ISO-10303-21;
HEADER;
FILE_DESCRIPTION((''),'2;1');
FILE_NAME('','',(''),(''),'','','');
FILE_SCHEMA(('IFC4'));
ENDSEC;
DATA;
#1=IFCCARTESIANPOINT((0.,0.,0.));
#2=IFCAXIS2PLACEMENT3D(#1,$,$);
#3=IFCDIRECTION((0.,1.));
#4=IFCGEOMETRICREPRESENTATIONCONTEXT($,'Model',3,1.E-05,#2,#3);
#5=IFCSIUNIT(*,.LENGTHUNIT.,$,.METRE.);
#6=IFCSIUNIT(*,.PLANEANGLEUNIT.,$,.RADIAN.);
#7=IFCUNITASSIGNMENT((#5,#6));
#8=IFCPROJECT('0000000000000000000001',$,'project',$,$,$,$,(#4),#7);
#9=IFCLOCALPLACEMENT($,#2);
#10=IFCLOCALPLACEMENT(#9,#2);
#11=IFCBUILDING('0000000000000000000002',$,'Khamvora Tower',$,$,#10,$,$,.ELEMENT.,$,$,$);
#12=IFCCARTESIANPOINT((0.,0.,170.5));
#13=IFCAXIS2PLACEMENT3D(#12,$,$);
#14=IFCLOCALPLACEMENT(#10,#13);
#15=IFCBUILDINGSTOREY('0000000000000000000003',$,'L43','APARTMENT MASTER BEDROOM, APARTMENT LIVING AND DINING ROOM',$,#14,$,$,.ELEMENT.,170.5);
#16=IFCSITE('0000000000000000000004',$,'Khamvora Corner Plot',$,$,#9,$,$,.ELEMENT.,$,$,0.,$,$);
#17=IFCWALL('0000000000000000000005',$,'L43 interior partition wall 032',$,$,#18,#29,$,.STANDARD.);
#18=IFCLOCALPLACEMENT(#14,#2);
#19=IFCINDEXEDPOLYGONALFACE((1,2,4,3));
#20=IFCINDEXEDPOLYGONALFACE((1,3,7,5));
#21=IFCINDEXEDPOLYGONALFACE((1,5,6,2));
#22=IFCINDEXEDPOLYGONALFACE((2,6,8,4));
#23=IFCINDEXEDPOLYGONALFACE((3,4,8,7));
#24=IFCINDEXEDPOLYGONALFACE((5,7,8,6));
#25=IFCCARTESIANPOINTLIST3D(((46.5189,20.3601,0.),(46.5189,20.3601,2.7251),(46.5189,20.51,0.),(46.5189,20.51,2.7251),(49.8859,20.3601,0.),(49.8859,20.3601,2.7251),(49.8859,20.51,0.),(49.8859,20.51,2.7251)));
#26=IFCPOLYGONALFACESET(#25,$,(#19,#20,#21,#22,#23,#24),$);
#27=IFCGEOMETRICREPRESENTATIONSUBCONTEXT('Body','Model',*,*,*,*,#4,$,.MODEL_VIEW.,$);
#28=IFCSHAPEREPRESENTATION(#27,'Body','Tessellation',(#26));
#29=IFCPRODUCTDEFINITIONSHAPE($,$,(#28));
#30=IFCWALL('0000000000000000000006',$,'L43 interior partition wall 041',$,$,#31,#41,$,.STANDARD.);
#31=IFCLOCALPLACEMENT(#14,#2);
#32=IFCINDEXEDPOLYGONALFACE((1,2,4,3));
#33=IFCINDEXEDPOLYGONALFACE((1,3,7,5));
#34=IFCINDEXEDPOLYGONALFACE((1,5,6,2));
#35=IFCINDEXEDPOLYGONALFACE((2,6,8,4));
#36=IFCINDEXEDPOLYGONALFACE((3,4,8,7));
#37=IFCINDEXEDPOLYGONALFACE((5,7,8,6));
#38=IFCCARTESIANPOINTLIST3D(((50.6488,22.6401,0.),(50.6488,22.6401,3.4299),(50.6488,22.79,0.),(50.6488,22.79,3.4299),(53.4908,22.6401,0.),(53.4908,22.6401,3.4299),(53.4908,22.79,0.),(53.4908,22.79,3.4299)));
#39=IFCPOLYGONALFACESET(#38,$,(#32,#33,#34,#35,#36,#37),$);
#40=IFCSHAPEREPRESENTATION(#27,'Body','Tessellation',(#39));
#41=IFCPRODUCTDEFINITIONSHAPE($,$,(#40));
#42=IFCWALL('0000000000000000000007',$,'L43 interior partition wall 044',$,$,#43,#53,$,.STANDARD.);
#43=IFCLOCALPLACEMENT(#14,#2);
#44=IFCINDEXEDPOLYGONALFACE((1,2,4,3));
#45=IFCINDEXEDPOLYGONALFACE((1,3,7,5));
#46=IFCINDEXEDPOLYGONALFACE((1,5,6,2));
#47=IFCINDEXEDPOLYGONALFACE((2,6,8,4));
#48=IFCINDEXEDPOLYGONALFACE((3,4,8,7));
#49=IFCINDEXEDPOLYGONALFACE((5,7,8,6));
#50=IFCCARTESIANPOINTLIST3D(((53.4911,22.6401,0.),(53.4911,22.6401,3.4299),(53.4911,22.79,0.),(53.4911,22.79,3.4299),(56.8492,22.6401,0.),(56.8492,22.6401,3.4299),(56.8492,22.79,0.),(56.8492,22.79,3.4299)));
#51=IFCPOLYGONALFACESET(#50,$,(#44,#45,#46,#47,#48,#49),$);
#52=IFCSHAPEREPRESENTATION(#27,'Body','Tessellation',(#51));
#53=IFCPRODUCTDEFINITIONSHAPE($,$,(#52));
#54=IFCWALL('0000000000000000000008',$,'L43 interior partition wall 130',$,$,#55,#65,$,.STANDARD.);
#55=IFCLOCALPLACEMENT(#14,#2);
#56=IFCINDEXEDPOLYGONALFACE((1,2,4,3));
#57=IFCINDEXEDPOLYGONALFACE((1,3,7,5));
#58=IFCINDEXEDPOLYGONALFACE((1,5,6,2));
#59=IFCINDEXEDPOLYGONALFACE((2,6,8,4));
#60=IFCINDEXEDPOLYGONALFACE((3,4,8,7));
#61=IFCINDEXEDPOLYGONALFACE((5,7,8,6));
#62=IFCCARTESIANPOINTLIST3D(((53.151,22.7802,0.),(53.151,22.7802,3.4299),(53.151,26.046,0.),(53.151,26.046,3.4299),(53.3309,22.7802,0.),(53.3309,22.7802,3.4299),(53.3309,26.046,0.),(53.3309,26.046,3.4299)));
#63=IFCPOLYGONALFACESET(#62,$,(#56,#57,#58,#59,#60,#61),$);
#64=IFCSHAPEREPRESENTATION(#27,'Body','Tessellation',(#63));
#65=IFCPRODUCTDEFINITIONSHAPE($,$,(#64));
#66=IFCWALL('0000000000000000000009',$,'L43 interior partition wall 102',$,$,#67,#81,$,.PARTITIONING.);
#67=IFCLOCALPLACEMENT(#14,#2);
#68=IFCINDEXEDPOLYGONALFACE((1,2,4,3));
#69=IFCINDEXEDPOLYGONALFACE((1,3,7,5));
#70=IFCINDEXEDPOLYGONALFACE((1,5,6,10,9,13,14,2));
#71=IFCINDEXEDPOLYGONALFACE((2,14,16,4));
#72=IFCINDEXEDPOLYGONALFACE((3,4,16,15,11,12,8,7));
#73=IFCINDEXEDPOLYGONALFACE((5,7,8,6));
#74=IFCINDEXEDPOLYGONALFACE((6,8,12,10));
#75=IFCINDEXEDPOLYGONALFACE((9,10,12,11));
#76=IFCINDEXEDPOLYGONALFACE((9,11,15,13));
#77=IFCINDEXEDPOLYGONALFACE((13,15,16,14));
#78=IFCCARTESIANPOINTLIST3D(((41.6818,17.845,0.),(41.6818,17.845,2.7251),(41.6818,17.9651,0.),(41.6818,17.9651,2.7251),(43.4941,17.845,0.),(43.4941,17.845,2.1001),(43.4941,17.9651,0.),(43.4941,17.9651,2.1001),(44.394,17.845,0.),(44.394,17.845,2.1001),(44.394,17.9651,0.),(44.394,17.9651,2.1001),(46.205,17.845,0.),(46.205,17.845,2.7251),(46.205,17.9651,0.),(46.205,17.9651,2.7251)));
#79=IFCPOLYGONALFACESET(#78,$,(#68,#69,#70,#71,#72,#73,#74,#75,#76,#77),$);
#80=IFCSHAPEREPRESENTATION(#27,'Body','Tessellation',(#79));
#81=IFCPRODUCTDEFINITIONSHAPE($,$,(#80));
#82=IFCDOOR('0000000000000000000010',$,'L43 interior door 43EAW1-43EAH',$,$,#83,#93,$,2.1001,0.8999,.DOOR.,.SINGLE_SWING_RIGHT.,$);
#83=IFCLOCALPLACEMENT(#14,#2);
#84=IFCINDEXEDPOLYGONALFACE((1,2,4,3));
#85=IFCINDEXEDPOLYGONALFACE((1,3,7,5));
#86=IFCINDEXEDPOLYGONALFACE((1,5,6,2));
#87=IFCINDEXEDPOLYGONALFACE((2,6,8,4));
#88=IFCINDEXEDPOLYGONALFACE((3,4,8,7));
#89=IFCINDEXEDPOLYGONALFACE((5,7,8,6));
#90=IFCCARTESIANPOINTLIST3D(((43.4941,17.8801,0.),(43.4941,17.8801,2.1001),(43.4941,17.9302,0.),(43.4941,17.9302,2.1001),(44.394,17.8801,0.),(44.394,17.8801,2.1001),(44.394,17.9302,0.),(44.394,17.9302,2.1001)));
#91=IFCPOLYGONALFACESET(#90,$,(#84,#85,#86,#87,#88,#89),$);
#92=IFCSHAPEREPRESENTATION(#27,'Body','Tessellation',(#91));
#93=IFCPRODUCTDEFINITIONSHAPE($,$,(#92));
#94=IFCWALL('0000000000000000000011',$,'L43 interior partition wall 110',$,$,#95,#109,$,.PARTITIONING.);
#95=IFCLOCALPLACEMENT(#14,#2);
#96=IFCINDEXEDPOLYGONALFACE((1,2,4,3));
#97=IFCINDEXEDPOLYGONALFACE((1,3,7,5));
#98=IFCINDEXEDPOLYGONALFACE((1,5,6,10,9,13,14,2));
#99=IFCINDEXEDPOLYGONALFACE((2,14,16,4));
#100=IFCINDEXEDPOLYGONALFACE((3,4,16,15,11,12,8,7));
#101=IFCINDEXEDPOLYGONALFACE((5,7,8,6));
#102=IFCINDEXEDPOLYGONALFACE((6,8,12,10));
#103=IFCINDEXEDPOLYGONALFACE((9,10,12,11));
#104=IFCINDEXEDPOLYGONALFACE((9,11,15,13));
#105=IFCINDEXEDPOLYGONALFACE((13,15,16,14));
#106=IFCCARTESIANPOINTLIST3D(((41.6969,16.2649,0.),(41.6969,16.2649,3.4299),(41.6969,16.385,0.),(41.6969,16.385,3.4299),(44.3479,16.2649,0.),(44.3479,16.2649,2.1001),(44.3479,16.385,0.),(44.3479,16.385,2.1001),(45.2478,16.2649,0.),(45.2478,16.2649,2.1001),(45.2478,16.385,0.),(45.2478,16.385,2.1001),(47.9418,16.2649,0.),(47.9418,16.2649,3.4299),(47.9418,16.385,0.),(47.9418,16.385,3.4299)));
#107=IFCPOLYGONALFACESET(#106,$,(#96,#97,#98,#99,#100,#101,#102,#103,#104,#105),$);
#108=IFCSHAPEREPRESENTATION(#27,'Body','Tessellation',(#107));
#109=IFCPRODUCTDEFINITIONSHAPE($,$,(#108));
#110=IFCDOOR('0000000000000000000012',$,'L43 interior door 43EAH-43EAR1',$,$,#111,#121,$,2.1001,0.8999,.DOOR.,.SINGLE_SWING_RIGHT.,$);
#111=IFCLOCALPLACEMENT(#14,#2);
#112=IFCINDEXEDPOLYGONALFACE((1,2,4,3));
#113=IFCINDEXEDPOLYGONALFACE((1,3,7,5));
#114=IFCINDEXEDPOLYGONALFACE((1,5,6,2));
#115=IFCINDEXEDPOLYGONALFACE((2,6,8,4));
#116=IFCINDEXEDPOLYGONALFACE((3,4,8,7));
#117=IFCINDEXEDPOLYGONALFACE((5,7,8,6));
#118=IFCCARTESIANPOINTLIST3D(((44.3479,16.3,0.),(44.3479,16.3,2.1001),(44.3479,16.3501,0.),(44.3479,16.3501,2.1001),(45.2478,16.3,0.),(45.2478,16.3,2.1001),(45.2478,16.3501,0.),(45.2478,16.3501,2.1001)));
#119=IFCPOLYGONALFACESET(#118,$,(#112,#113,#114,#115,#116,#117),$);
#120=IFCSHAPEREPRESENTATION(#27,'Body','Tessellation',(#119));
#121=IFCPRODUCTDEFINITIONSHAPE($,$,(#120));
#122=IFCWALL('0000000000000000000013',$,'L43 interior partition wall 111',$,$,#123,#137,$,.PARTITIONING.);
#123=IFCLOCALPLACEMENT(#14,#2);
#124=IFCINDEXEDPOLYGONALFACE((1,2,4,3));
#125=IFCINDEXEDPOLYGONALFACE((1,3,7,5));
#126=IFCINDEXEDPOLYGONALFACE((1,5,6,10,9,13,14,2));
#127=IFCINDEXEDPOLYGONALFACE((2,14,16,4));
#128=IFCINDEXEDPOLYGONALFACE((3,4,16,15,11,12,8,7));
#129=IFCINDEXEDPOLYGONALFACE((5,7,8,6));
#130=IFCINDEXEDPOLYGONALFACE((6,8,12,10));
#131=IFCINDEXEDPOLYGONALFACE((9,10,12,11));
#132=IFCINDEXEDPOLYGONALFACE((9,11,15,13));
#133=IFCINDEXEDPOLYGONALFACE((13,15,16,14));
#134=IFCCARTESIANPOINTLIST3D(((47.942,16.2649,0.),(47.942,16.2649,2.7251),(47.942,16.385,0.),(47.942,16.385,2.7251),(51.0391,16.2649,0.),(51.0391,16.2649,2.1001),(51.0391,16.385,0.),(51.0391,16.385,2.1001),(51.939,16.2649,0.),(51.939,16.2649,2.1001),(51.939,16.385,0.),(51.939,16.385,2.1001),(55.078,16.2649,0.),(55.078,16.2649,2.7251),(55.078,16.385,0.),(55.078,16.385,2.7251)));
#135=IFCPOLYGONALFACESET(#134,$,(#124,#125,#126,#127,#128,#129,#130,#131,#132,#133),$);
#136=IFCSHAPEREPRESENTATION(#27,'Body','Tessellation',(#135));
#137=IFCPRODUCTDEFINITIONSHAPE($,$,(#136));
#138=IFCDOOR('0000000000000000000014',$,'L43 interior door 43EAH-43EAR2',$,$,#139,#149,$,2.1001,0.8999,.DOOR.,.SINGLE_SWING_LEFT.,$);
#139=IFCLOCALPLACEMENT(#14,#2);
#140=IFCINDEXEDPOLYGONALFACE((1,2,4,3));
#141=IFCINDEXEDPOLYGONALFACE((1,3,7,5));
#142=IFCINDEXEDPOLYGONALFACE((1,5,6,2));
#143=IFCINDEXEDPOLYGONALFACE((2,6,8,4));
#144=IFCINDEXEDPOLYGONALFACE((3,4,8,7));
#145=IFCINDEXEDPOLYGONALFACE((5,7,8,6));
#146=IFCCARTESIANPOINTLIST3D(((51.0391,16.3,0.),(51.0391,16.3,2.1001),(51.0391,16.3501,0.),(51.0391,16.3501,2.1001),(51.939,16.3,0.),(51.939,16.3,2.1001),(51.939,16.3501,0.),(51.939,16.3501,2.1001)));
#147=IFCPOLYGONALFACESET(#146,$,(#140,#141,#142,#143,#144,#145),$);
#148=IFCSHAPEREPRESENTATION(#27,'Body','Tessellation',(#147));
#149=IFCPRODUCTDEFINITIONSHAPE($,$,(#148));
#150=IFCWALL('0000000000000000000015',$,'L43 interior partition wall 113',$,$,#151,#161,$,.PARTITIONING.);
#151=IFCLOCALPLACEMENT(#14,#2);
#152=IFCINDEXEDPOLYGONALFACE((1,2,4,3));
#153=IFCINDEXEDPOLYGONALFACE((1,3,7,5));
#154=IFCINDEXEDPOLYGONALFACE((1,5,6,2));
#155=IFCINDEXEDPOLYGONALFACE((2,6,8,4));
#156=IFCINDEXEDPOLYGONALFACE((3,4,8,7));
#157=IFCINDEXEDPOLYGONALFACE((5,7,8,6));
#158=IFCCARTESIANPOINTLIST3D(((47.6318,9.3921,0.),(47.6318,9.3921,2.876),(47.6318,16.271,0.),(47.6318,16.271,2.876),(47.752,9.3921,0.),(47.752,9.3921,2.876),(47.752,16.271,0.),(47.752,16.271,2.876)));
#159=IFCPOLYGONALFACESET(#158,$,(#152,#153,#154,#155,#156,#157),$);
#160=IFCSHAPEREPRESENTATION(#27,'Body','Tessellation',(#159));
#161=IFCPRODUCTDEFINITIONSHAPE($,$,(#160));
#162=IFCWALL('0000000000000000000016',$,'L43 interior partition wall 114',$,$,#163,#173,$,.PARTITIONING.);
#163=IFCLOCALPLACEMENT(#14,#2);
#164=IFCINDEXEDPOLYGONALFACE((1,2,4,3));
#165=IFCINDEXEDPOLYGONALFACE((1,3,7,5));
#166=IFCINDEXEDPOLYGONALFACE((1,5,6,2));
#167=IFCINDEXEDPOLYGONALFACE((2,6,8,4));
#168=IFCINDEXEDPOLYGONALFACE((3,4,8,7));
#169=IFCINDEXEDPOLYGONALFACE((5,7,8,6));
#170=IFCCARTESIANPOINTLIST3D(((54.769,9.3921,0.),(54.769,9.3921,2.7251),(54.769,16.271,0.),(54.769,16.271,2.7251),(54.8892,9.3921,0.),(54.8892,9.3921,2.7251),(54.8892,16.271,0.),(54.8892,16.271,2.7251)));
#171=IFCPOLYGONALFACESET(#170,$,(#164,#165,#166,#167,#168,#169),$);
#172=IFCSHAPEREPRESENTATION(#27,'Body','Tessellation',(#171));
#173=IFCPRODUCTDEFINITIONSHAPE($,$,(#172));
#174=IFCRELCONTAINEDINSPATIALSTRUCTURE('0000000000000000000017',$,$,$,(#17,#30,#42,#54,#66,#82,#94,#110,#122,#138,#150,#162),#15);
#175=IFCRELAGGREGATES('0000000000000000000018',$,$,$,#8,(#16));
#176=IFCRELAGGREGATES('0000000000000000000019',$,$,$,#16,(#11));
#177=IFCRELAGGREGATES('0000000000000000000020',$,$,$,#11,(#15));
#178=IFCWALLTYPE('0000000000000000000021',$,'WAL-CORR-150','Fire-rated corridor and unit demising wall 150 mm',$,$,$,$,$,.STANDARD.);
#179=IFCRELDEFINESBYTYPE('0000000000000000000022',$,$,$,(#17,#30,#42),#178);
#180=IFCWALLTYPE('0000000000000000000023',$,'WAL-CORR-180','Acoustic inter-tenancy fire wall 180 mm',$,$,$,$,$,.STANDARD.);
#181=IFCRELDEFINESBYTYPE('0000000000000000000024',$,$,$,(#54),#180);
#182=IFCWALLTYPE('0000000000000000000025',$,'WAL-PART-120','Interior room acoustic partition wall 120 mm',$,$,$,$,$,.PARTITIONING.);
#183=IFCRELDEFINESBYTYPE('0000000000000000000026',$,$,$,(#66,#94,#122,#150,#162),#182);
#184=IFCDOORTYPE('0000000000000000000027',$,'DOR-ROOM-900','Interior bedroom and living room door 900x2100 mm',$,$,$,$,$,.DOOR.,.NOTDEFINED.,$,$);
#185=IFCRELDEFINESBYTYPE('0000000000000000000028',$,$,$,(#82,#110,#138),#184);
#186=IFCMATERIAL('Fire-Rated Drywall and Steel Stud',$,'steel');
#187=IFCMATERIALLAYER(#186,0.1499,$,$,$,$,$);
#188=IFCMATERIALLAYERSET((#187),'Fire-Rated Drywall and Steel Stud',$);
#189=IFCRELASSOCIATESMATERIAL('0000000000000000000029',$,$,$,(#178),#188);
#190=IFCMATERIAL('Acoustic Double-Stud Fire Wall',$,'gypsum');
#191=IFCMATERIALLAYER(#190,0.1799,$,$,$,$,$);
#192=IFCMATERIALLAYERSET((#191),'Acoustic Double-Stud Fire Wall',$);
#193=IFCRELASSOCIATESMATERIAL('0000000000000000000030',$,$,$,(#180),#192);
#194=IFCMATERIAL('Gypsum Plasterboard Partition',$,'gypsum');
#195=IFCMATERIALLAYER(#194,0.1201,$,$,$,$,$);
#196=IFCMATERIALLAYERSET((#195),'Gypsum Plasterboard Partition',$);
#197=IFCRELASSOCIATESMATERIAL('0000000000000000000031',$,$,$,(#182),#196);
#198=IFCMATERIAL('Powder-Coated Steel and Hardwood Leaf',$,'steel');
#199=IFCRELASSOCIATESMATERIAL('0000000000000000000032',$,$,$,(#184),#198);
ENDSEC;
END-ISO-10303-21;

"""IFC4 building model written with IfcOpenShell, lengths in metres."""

from ifc_helpers import new_model, si_unit, direction, frame, frame_2d, origin, place, context, subcontext, project, spatial, rectangle, extrude, material, layer, layer_set, type_object, element, fill, save


model = new_model("IFC4")

# Units and contexts
model_context = context("Model", 3, precision=1e-05, world=origin(), true_north=direction((0.0, 1.0)))
body_context = subcontext(model_context, "Body", "Model", "MODEL_VIEW")
ifc_project = project(units=[si_unit("LENGTHUNIT", "METRE"), si_unit("PLANEANGLEUNIT", "RADIAN")], contexts=[model_context])

# Site, building, storey
site_placement = place(None, origin())
site = spatial("IfcSite", under=ifc_project, at=site_placement, Name="Khamvora Corner Plot", CompositionType="ELEMENT", RefElevation=0.0)
building_placement = place(site_placement, origin())
building = spatial("IfcBuilding", under=site, at=building_placement, Name="Khamvora Tower", CompositionType="ELEMENT")
storey_placement = place(building_placement, frame((0.0, 0.0, 170.5)))
storey = spatial("IfcBuildingStorey", under=building, at=storey_placement, Name="L43", Description="APARTMENT MASTER BEDROOM, APARTMENT LIVING AND DINING ROOM", CompositionType="ELEMENT", Elevation=170.5)

# Shared definitions
ifc_material_1 = material(Name="Fire-Rated Drywall and Steel Stud", Category="steel")
ifc_layer_1 = layer(ifc_material_1, 0.1499)
ifc_layer_set_1 = layer_set([ifc_layer_1], Name="Fire-Rated Drywall and Steel Stud")
wall_type_1 = type_object("IfcWallType", Name="WAL-CORR-150", Description="Fire-rated corridor and unit demising wall 150 mm", PredefinedType="STANDARD", material=ifc_layer_set_1)

# Shared definitions
ifc_material_2 = material(Name="Powder-Coated Steel and Hardwood Leaf", Category="steel")

# Walls
wall_1_placement = place(storey_placement, frame((49.886, 20.4351, 0.0), z_axis=(0.0, 0.0, 1.0), x_axis=(-1.0, 0.0, 0.0)))
element("IfcWall", 1, at=wall_1_placement, inside=storey, type_object=wall_type_1, Name="L43 interior partition wall 032", PredefinedType="STANDARD", context=body_context, shape_type="SweptSolid", body=[
    extrude(rectangle(XDim=3.3669, YDim=0.1499, at=frame_2d((1.6836, 0.0))), origin(), (0.0, 0.0, 1.0), 2.7251),
])
wall_2_placement = place(storey_placement, frame((50.6489, 22.7151, 0.0), z_axis=(0.0, 0.0, 1.0), x_axis=(1.0, 0.0, 0.0)))
element("IfcWall", 2, at=wall_2_placement, inside=storey, type_object=wall_type_1, Name="L43 interior partition wall 041", PredefinedType="STANDARD", context=body_context, shape_type="SweptSolid", body=[
    extrude(rectangle(XDim=2.842, YDim=0.1499, at=frame_2d((1.4209, 0.0))), origin(), (0.0, 0.0, 1.0), 3.4299),
])
wall_3_placement = place(storey_placement, frame((53.491, 22.7151, 0.0), z_axis=(0.0, 0.0, 1.0), x_axis=(1.0, 0.0, 0.0)))
element("IfcWall", 3, at=wall_3_placement, inside=storey, type_object=wall_type_1, Name="L43 interior partition wall 044", PredefinedType="STANDARD", context=body_context, shape_type="SweptSolid", body=[
    extrude(rectangle(XDim=3.3582, YDim=0.1499, at=frame_2d((1.6792, 0.0))), origin(), (0.0, 0.0, 1.0), 3.4299),
])
ifc_material_3 = material(Name="Acoustic Double-Stud Fire Wall", Category="gypsum")
ifc_layer_2 = layer(ifc_material_3, 0.1799)
ifc_layer_set_2 = layer_set([ifc_layer_2], Name="Acoustic Double-Stud Fire Wall")
wall_type_2 = type_object("IfcWallType", Name="WAL-CORR-180", Description="Acoustic inter-tenancy fire wall 180 mm", PredefinedType="STANDARD", material=ifc_layer_set_2)
wall_4_placement = place(storey_placement, frame((53.241, 26.0459, 0.0), z_axis=(0.0, 0.0, 1.0), x_axis=(0.0, -1.0, 0.0)))
element("IfcWall", 4, at=wall_4_placement, inside=storey, type_object=wall_type_2, Name="L43 interior partition wall 130", PredefinedType="STANDARD", context=body_context, shape_type="SweptSolid", body=[
    extrude(rectangle(XDim=3.2659, YDim=0.1799, at=frame_2d((1.6328, 0.0))), origin(), (0.0, 0.0, 1.0), 3.4299),
])

# Walls, openings, doors
ifc_material_4 = material(Name="Gypsum Plasterboard Partition", Category="gypsum")
ifc_layer_3 = layer(ifc_material_4, 0.1201)
ifc_layer_set_3 = layer_set([ifc_layer_3], Name="Gypsum Plasterboard Partition")
wall_type_3 = type_object("IfcWallType", Name="WAL-PART-120", Description="Interior room acoustic partition wall 120 mm", PredefinedType="PARTITIONING", material=ifc_layer_set_3)
wall_5_placement = place(storey_placement, frame((46.2051, 17.905, 0.0), z_axis=(0.0, 0.0, 1.0), x_axis=(-1.0, 0.0, 0.0)))
wall_5 = element("IfcWall", 5, at=wall_5_placement, inside=storey, type_object=wall_type_3, Name="L43 interior partition wall 102", PredefinedType="PARTITIONING", context=body_context, shape_type="SweptSolid", body=[
    extrude(rectangle(XDim=4.5232, YDim=0.1201, at=frame_2d((2.2617, 0.0))), origin(), (0.0, 0.0, 1.0), 2.7251),
])
opening_1_placement = place(wall_5_placement, frame((1.811, 0.0, 0.0)))
opening_1 = element("IfcOpeningElement", 6, at=opening_1_placement, cuts=wall_5, PredefinedType="OPENING", context=body_context, shape_type="SweptSolid", body=[
    extrude(rectangle(XDim=0.8999, YDim=2.1001, at=frame_2d((0.45, 1.05))), frame((0.0, 0.0701, 0.0), z_axis=(0.0, -1.0, 0.0), x_axis=(1.0, 0.0, 0.0)), (0.0, 0.0, 1.0), 0.1401),
])
door_type_1 = type_object("IfcDoorType", Name="DOR-ROOM-900", Description="Interior bedroom and living room door 900x2100 mm", OperationType="NOTDEFINED", PredefinedType="DOOR", material=ifc_material_2)
door_1_placement = place(opening_1_placement, origin())
door_1 = element("IfcDoor", 7, at=door_1_placement, inside=storey, type_object=door_type_1, Name="L43 interior door 43EAW1-43EAH", OperationType="SINGLE_SWING_RIGHT", OverallHeight=2.1001, OverallWidth=0.8999, PredefinedType="DOOR", context=body_context, shape_type="SweptSolid", body=[
    extrude(rectangle(XDim=0.8999, YDim=2.1001, at=frame_2d((0.45, 1.05))), frame((0.0, 0.0249, 0.0), z_axis=(0.0, -1.0, 0.0), x_axis=(1.0, 0.0, 0.0)), (0.0, 0.0, 1.0), 0.05),
])
fill(opening_1, door_1)
wall_6_placement = place(storey_placement, frame((47.9419, 16.325, 0.0), z_axis=(0.0, 0.0, 1.0), x_axis=(-1.0, 0.0, 0.0)))
wall_6 = element("IfcWall", 8, at=wall_6_placement, inside=storey, type_object=wall_type_3, Name="L43 interior partition wall 110", PredefinedType="PARTITIONING", context=body_context, shape_type="SweptSolid", body=[
    extrude(rectangle(XDim=6.2449, YDim=0.1201, at=frame_2d((3.1226, 0.0))), origin(), (0.0, 0.0, 1.0), 3.4299),
])
opening_2_placement = place(wall_6_placement, frame((2.6941, 0.0, 0.0)))
opening_2 = element("IfcOpeningElement", 9, at=opening_2_placement, cuts=wall_6, PredefinedType="OPENING", context=body_context, shape_type="SweptSolid", body=[
    extrude(rectangle(XDim=0.8999, YDim=2.1001, at=frame_2d((0.45, 1.05))), frame((0.0, 0.0701, 0.0), z_axis=(0.0, -1.0, 0.0), x_axis=(1.0, 0.0, 0.0)), (0.0, 0.0, 1.0), 0.1401),
])
door_2_placement = place(opening_2_placement, origin())
door_2 = element("IfcDoor", 10, at=door_2_placement, inside=storey, type_object=door_type_1, Name="L43 interior door 43EAH-43EAR1", OperationType="SINGLE_SWING_RIGHT", OverallHeight=2.1001, OverallWidth=0.8999, PredefinedType="DOOR", context=body_context, shape_type="SweptSolid", body=[
    extrude(rectangle(XDim=0.8999, YDim=2.1001, at=frame_2d((0.45, 1.05))), frame((0.0, 0.0249, 0.0), z_axis=(0.0, -1.0, 0.0), x_axis=(1.0, 0.0, 0.0)), (0.0, 0.0, 1.0), 0.05),
])
fill(opening_2, door_2)
wall_7_placement = place(storey_placement, frame((55.0779, 16.325, 0.0), z_axis=(0.0, 0.0, 1.0), x_axis=(-1.0, 0.0, 0.0)))
wall_7 = element("IfcWall", 11, at=wall_7_placement, inside=storey, type_object=wall_type_3, Name="L43 interior partition wall 111", PredefinedType="PARTITIONING", context=body_context, shape_type="SweptSolid", body=[
    extrude(rectangle(XDim=7.136, YDim=0.1201, at=frame_2d((3.5679, 0.0))), origin(), (0.0, 0.0, 1.0), 2.7251),
])
opening_3_placement = place(wall_7_placement, frame((3.1389, 0.0, 0.0)))
opening_3 = element("IfcOpeningElement", 12, at=opening_3_placement, cuts=wall_7, PredefinedType="OPENING", context=body_context, shape_type="SweptSolid", body=[
    extrude(rectangle(XDim=0.8999, YDim=2.1001, at=frame_2d((0.45, 1.05))), frame((0.0, 0.0701, 0.0), z_axis=(0.0, -1.0, 0.0), x_axis=(1.0, 0.0, 0.0)), (0.0, 0.0, 1.0), 0.1401),
])
door_3_placement = place(opening_3_placement, origin())
door_3 = element("IfcDoor", 13, at=door_3_placement, inside=storey, type_object=door_type_1, Name="L43 interior door 43EAH-43EAR2", OperationType="SINGLE_SWING_LEFT", OverallHeight=2.1001, OverallWidth=0.8999, PredefinedType="DOOR", context=body_context, shape_type="SweptSolid", body=[
    extrude(rectangle(XDim=0.8999, YDim=2.1001, at=frame_2d((0.45, 1.05))), frame((0.0, 0.0249, 0.0), z_axis=(0.0, -1.0, 0.0), x_axis=(1.0, 0.0, 0.0)), (0.0, 0.0, 1.0), 0.05),
])
fill(opening_3, door_3)

# Walls
wall_8_placement = place(storey_placement, frame((47.6919, 16.271, 0.0), z_axis=(0.0, 0.0, 1.0), x_axis=(0.0, -1.0, 0.0)))
element("IfcWall", 14, at=wall_8_placement, inside=storey, type_object=wall_type_3, Name="L43 interior partition wall 113", PredefinedType="PARTITIONING", context=body_context, shape_type="SweptSolid", body=[
    extrude(rectangle(XDim=6.8789, YDim=0.1201, at=frame_2d((3.4395, 0.0))), origin(), (0.0, 0.0, 1.0), 2.876),
])
wall_9_placement = place(storey_placement, frame((54.8291, 16.271, 0.0), z_axis=(0.0, 0.0, 1.0), x_axis=(0.0, -1.0, 0.0)))
element("IfcWall", 15, at=wall_9_placement, inside=storey, type_object=wall_type_3, Name="L43 interior partition wall 114", PredefinedType="PARTITIONING", context=body_context, shape_type="SweptSolid", body=[
    extrude(rectangle(XDim=6.8789, YDim=0.1201, at=frame_2d((3.4395, 0.0))), origin(), (0.0, 0.0, 1.0), 2.7251),
])

save(model, "model.ifc")
